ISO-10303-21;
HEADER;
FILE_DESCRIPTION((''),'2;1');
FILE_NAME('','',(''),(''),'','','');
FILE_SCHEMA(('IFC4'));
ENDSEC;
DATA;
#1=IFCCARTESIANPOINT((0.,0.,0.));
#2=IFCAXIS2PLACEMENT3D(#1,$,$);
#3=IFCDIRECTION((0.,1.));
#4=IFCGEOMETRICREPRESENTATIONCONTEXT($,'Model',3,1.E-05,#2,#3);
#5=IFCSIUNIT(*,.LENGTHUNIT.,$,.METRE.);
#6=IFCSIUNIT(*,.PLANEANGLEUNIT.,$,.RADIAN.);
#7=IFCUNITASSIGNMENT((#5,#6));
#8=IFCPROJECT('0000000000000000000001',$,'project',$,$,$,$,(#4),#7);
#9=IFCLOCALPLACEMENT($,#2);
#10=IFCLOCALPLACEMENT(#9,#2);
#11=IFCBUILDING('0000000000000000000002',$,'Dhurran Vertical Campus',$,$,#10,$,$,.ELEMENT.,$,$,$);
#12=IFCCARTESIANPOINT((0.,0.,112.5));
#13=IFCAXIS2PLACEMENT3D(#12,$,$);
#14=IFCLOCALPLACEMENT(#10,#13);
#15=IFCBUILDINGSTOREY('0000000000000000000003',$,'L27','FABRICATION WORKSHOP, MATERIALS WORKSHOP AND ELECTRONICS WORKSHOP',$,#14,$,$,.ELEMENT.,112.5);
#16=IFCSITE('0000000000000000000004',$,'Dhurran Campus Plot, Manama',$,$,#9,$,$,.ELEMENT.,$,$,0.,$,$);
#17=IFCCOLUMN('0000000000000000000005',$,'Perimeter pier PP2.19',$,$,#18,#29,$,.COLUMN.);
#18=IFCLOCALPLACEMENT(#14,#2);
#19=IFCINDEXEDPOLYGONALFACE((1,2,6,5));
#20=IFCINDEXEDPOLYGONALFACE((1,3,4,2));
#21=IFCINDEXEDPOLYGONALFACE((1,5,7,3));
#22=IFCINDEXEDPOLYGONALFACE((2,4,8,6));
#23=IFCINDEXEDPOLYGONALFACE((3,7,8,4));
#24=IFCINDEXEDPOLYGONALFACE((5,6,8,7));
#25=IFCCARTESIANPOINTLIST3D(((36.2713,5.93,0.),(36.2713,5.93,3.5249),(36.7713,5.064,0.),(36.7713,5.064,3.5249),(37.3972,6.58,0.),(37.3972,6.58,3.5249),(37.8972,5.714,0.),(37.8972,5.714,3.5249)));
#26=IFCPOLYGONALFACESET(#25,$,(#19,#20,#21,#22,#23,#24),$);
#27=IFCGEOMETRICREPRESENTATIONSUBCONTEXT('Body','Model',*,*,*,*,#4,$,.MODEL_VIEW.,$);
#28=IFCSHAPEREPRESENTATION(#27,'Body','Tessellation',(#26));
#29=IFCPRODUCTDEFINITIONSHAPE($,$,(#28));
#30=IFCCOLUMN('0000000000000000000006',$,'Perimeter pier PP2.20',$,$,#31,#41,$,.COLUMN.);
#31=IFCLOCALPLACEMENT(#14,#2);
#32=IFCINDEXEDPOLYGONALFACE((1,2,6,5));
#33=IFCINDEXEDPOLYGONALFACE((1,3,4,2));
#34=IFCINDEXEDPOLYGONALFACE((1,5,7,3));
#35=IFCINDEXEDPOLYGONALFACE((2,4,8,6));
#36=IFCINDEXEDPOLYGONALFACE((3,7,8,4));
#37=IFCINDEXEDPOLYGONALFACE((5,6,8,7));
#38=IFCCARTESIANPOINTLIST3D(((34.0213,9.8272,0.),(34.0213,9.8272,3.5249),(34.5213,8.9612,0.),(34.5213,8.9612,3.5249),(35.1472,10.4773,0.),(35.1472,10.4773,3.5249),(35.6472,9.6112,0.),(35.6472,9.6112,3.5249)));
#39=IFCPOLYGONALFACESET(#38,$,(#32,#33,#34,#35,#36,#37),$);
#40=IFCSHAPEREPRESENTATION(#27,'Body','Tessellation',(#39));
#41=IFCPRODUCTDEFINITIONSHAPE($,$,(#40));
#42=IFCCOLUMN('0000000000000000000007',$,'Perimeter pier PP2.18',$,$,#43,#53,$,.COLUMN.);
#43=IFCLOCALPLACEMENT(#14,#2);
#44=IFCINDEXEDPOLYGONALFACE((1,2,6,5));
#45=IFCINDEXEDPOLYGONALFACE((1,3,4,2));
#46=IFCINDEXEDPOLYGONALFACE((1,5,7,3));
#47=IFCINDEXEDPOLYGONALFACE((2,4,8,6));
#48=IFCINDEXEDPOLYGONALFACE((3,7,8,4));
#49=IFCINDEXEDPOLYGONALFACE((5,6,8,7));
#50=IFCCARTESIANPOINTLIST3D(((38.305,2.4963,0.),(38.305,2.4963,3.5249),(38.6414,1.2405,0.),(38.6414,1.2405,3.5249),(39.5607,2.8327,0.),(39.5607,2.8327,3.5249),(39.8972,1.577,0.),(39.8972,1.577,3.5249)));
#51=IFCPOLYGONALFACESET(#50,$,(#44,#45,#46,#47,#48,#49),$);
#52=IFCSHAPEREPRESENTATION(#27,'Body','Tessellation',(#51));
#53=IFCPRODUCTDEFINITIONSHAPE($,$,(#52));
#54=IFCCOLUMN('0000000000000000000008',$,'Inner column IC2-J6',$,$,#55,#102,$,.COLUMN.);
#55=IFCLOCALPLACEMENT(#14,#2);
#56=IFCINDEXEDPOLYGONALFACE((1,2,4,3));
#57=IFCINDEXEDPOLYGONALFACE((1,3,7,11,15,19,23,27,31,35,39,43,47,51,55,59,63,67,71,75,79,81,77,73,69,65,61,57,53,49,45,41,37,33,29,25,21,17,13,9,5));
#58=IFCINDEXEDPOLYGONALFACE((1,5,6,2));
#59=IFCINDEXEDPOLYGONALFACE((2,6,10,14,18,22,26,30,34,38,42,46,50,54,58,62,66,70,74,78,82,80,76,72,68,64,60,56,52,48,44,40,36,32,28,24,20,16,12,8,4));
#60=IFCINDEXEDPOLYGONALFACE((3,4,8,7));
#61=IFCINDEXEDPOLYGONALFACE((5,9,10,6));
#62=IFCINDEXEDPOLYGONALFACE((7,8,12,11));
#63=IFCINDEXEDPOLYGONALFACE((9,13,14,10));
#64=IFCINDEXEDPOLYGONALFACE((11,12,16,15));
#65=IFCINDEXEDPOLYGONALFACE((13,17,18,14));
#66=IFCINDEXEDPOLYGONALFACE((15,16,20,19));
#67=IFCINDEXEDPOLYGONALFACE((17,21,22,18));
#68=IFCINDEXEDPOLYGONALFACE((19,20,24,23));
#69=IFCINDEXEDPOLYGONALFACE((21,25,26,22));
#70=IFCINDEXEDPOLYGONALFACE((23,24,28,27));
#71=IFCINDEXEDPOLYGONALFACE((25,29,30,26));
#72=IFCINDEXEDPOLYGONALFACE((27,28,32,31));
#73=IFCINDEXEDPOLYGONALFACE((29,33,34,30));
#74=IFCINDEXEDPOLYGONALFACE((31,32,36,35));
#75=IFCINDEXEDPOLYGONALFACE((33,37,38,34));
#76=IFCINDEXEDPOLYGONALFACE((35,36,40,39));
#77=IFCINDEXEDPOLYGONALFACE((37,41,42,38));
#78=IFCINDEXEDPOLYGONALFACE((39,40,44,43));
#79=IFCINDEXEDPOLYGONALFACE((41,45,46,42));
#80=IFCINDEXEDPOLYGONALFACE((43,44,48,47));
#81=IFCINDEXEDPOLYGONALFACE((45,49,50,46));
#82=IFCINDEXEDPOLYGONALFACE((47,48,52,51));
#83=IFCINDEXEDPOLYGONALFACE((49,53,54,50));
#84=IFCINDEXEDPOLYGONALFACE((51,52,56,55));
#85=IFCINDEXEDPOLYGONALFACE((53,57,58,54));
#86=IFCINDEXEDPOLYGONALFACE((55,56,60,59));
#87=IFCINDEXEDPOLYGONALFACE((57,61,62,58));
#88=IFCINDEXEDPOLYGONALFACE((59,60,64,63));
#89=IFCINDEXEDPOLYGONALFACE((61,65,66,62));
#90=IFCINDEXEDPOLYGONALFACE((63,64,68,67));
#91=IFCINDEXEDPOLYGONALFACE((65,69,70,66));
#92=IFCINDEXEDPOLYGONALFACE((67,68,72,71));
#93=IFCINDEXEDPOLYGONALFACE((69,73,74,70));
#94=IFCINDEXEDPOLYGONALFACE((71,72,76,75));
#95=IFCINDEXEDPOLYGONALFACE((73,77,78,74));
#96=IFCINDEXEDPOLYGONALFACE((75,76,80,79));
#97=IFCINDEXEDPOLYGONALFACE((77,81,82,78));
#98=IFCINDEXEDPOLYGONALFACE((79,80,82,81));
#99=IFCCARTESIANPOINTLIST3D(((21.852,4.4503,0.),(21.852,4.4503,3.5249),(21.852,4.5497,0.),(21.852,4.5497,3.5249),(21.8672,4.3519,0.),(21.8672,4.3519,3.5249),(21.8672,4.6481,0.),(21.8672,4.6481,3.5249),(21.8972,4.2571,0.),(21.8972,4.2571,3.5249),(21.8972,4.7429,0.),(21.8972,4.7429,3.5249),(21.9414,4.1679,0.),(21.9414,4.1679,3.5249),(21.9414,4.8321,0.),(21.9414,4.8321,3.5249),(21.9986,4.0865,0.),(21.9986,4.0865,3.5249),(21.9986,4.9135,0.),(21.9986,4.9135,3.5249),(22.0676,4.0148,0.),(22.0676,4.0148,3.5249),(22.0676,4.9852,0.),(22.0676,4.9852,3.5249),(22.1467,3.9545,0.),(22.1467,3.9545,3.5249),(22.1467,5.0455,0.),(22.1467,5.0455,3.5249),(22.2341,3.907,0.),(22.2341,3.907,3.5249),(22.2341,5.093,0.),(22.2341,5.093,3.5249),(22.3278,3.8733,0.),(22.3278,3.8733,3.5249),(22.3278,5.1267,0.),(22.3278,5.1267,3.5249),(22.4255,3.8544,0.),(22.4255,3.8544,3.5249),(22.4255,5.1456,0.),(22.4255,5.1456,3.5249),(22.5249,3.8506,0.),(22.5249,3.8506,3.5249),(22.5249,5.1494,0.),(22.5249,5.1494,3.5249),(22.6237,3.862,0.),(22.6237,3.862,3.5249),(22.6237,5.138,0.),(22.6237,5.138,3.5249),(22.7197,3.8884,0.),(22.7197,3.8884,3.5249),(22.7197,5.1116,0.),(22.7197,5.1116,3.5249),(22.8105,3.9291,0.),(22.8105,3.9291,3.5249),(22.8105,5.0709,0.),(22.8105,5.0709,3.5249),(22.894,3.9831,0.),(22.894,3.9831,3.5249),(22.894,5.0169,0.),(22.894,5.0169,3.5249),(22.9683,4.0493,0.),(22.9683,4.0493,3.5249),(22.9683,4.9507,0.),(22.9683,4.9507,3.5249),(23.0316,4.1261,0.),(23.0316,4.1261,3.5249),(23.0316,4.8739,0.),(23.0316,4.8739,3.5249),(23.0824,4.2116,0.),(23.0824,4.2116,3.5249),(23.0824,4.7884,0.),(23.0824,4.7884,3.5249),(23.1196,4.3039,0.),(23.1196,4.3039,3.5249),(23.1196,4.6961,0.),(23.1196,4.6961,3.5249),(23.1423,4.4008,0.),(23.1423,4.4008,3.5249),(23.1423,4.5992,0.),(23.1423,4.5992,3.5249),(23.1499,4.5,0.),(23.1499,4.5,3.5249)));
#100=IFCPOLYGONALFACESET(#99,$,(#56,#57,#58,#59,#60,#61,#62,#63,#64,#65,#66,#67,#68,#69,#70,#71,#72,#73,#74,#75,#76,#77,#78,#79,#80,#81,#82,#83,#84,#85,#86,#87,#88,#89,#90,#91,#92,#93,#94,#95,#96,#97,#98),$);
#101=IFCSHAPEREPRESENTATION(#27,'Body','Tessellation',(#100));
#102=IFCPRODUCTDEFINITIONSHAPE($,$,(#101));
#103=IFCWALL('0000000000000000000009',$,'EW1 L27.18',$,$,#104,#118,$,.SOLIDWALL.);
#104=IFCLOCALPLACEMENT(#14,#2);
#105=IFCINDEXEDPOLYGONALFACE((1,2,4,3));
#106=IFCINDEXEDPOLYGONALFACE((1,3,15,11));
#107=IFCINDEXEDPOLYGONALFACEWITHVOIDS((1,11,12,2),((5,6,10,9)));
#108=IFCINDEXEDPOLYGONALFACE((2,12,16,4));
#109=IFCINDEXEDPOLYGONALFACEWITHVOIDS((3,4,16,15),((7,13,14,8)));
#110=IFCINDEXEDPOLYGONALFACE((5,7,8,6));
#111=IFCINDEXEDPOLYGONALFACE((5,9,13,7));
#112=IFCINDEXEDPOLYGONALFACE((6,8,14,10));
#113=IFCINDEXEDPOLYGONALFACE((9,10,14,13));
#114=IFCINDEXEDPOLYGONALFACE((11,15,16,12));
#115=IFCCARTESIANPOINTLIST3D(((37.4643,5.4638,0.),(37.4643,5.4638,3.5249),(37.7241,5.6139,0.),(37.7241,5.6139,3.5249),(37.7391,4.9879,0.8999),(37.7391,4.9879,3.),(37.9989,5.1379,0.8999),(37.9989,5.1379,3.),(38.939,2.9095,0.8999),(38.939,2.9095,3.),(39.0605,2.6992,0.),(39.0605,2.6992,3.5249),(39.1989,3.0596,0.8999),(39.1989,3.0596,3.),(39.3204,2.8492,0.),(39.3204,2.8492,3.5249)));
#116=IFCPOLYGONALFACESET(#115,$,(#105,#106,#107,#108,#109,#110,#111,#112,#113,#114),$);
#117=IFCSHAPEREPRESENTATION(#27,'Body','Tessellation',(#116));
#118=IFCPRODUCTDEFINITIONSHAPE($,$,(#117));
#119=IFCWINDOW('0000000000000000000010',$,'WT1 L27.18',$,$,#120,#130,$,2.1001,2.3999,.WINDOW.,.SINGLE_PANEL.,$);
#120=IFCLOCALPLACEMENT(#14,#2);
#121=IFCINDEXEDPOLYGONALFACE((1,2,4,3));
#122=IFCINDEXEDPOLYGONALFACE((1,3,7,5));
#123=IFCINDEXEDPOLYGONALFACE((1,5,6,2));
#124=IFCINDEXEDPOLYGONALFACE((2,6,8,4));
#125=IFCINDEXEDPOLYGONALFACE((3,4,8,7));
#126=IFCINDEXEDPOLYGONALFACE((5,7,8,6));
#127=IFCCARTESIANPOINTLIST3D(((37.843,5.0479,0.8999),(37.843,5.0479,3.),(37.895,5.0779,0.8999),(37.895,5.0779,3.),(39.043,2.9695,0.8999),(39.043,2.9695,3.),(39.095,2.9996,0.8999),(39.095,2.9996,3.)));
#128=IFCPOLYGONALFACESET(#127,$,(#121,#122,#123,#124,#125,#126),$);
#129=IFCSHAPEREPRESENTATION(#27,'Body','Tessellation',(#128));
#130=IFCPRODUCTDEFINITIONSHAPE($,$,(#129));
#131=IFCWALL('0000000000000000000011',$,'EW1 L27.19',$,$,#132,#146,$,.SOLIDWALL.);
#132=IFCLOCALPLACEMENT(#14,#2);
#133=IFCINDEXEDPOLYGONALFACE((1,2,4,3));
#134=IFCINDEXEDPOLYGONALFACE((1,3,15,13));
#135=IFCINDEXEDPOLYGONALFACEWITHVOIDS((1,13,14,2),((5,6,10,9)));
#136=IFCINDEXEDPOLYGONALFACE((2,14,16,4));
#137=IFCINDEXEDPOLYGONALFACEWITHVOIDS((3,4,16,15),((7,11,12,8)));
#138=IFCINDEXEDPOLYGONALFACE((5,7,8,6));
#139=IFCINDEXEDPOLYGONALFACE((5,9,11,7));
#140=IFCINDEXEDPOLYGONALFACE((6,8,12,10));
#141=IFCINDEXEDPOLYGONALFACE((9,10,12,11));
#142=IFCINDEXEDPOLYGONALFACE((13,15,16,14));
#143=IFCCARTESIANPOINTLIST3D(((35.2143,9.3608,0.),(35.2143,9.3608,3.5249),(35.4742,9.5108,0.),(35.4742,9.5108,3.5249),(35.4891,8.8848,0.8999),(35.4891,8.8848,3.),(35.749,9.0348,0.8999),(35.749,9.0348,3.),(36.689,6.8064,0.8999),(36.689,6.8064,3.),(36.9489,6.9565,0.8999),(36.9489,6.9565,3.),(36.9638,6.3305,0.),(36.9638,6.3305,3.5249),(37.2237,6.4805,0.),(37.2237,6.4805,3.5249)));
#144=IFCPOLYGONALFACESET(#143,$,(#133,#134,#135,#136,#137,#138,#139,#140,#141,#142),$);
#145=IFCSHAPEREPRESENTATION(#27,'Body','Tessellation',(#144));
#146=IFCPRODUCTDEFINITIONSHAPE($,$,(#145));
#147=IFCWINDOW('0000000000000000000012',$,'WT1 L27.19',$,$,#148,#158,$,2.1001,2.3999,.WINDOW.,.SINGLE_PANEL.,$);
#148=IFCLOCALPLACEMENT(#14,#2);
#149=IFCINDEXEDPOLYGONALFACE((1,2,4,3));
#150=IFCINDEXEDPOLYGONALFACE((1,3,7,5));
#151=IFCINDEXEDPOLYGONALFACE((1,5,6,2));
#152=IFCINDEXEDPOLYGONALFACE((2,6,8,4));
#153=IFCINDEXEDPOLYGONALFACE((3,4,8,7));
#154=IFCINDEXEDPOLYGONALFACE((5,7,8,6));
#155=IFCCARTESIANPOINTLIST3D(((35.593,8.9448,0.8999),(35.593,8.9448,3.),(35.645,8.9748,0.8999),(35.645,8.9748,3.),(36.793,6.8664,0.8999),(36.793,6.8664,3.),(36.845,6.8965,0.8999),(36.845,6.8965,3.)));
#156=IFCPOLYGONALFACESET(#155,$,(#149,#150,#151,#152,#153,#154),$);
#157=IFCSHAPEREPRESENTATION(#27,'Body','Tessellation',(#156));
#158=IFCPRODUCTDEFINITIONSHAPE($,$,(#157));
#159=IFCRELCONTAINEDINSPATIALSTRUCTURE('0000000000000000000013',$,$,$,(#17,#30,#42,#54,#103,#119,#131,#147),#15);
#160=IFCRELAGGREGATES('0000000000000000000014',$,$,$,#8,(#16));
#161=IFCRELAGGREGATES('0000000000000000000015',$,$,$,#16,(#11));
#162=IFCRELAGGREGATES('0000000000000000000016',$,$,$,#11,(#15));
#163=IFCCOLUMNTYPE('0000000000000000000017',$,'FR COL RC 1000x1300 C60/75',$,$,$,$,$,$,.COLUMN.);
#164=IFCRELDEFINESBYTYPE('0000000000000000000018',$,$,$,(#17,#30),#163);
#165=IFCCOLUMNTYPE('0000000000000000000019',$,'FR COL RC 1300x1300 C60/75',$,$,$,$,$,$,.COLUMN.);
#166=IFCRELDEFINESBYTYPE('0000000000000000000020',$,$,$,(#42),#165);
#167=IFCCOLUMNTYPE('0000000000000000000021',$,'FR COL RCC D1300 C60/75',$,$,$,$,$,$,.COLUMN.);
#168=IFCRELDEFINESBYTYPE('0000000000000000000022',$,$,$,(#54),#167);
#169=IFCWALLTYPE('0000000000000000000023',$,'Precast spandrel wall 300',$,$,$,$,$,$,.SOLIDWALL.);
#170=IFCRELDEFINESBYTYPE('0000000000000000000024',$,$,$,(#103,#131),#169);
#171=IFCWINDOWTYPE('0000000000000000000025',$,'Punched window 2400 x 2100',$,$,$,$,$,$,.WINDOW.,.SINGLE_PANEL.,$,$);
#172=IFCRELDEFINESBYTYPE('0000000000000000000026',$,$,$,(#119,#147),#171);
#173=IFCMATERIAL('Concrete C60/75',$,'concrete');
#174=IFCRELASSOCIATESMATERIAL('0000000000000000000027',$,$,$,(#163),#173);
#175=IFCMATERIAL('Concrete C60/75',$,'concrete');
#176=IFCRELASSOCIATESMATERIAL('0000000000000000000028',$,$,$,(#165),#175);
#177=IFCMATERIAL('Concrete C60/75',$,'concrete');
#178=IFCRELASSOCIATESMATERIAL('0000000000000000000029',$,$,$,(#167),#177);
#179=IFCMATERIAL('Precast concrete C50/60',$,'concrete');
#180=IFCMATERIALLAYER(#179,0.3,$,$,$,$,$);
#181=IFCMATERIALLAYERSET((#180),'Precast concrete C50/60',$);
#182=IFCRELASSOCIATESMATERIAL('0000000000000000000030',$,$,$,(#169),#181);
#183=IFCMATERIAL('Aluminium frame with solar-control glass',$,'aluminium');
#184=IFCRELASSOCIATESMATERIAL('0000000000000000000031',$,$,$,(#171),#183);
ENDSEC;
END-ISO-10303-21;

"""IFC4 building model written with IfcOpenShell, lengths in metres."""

from ifc_helpers import new_model, si_unit, direction, frame, frame_2d, origin, origin_2d, place, context, subcontext, project, spatial, rectangle, circle, extrude, material, layer, layer_set, material_profile, profile_set, type_object, element, fill, save


model = new_model("IFC4")

# Units and contexts
model_context = context("Model", 3, precision=1e-05, world=origin(), true_north=direction((0.0, 1.0)))
body_context = subcontext(model_context, "Body", "Model", "MODEL_VIEW")
ifc_project = project(units=[si_unit("LENGTHUNIT", "METRE"), si_unit("PLANEANGLEUNIT", "RADIAN")], contexts=[model_context])

# Site, building, storey
site_placement = place(None, origin())
site = spatial("IfcSite", under=ifc_project, at=site_placement, Name="Dhurran Campus Plot, Manama", CompositionType="ELEMENT", RefElevation=0.0)
building_placement = place(site_placement, origin())
building = spatial("IfcBuilding", under=site, at=building_placement, Name="Dhurran Vertical Campus", CompositionType="ELEMENT")
storey_placement = place(building_placement, frame((0.0, 0.0, 112.5)))
storey = spatial("IfcBuildingStorey", under=building, at=storey_placement, Name="L27", Description="FABRICATION WORKSHOP, MATERIALS WORKSHOP AND ELECTRONICS WORKSHOP", CompositionType="ELEMENT", Elevation=112.5)

# Columns
ifc_material_1 = material(Name="Concrete C60/75", Category="concrete")
ifc_material_profile_1 = material_profile(ifc_material_1, rectangle(XDim=1.0, YDim=1.3, at=origin_2d()), Name="RC 1000x1300")
ifc_profile_set_1 = profile_set([ifc_material_profile_1], Name="Concrete C60/75")
column_type_1 = type_object("IfcColumnType", Name="FR COL RC 1000x1300 C60/75", PredefinedType="COLUMN", material=ifc_profile_set_1)
for number, where, z_axis, x_axis, name in (
    (1, (37.0842, 5.822, 0.0), (0.0, 0.0, 1.0), (-0.5, 0.866025, 0.0), "Perimeter pier PP2.19"),
    (2, (34.8342, 9.7192, 0.0), (0.0, 0.0, 1.0), (-0.5, 0.866025, 0.0), "Perimeter pier PP2.20"),
):
    element("IfcColumn", number, at=place(storey_placement, frame(where, z_axis=z_axis, x_axis=x_axis)), inside=storey, type_object=column_type_1, Name=name, PredefinedType="COLUMN", context=body_context, shape_type="SweptSolid", body=[
        extrude(rectangle(XDim=1.0, YDim=1.3, at=origin_2d()), origin(), (0.0, 0.0, 1.0), 3.5249),
    ])
ifc_material_2 = material(Name="Concrete C60/75", Category="concrete")
ifc_material_profile_2 = material_profile(ifc_material_2, rectangle(XDim=1.3, YDim=1.3, at=origin_2d()), Name="RC 1300x1300")
ifc_profile_set_2 = profile_set([ifc_material_profile_2], Name="Concrete C60/75")
column_type_2 = type_object("IfcColumnType", Name="FR COL RC 1300x1300 C60/75", PredefinedType="COLUMN", material=ifc_profile_set_2)
column_1_placement = place(storey_placement, frame((39.1011, 2.0366, 0.0), z_axis=(0.0, 0.0, 1.0), x_axis=(-0.258819, 0.965926, 0.0)))
element("IfcColumn", 3, at=column_1_placement, inside=storey, type_object=column_type_2, Name="Perimeter pier PP2.18", PredefinedType="COLUMN", context=body_context, shape_type="SweptSolid", body=[
    extrude(rectangle(XDim=1.3, YDim=1.3, at=origin_2d()), origin(), (0.0, 0.0, 1.0), 3.5249),
])
ifc_material_3 = material(Name="Concrete C60/75", Category="concrete")
ifc_material_profile_3 = material_profile(ifc_material_3, circle(Radius=0.6499, at=origin_2d()), Name="RCC D1300")
ifc_profile_set_3 = profile_set([ifc_material_profile_3], Name="Concrete C60/75")
column_type_3 = type_object("IfcColumnType", Name="FR COL RCC D1300 C60/75", PredefinedType="COLUMN", material=ifc_profile_set_3)
column_2_placement = place(storey_placement, frame((22.5, 4.5, 0.0), z_axis=(0.0, 0.0, 1.0), x_axis=(1.0, 0.0, 0.0)))
element("IfcColumn", 4, at=column_2_placement, inside=storey, type_object=column_type_3, Name="Inner column IC2-J6", PredefinedType="COLUMN", context=body_context, shape_type="SweptSolid", body=[
    extrude(circle(Radius=0.6499, at=origin_2d()), origin(), (0.0, 0.0, 1.0), 3.5249),
])

# Walls, openings, windows
ifc_material_4 = material(Name="Precast concrete C50/60", Category="concrete")
ifc_layer_1 = layer(ifc_material_4, 0.3)
ifc_layer_set_1 = layer_set([ifc_layer_1], Name="Precast concrete C50/60")
wall_type_1 = type_object("IfcWallType", Name="Precast spandrel wall 300", PredefinedType="SOLIDWALL", material=ifc_layer_set_1)
wall_1_placement = place(storey_placement, frame((39.1904, 2.7742, 0.0), z_axis=(0.0, 0.0, 1.0), x_axis=(-0.500005, 0.866023, 0.0)))
wall_1 = element("IfcWall", 5, at=wall_1_placement, inside=storey, type_object=wall_type_1, Name="EW1 L27.18", PredefinedType="SOLIDWALL", context=body_context, shape_type="SweptSolid", body=[
    extrude(rectangle(XDim=3.1924, YDim=0.3, at=frame_2d((1.5962, 0.0))), origin(), (0.0, 0.0, 1.0), 3.5249),
])
opening_1_placement = place(wall_1_placement, frame((0.2429, 0.0, 0.8999)))
opening_1 = element("IfcOpeningElement", 6, at=opening_1_placement, cuts=wall_1, PredefinedType="OPENING", context=body_context, shape_type="SweptSolid", body=[
    extrude(rectangle(XDim=2.3999, YDim=2.1001, at=frame_2d((1.2, 1.05))), frame((0.0, 0.1599, 0.0), z_axis=(0.0, -1.0, 0.0), x_axis=(1.0, 0.0, 0.0)), (0.0, 0.0, 1.0), 0.3201),
])
ifc_material_5 = material(Name="Aluminium frame with solar-control glass", Category="aluminium")
window_type = type_object("IfcWindowType", Name="Punched window 2400 x 2100", PartitioningType="SINGLE_PANEL", PredefinedType="WINDOW", material=ifc_material_5)
window_1_placement = place(opening_1_placement, origin())
window_1 = element("IfcWindow", 7, at=window_1_placement, inside=storey, type_object=window_type, Name="WT1 L27.18", OverallHeight=2.1001, OverallWidth=2.3999, PartitioningType="SINGLE_PANEL", PredefinedType="WINDOW", context=body_context, shape_type="SweptSolid", body=[
    extrude(rectangle(XDim=2.3999, YDim=2.1001, at=frame_2d((1.2, 1.05))), frame((0.0, 0.03, 0.0), z_axis=(0.0, -1.0, 0.0), x_axis=(1.0, 0.0, 0.0)), (0.0, 0.0, 1.0), 0.0601),
])
fill(opening_1, window_1)
wall_2_placement = place(storey_placement, frame((37.0938, 6.4055, 0.0), z_axis=(0.0, 0.0, 1.0), x_axis=(-0.499996, 0.866028, 0.0)))
wall_2 = element("IfcWall", 8, at=wall_2_placement, inside=storey, type_object=wall_type_1, Name="EW1 L27.19", PredefinedType="SOLIDWALL", context=body_context, shape_type="SweptSolid", body=[
    extrude(rectangle(XDim=3.499, YDim=0.3, at=frame_2d((1.7495, 0.0))), origin(), (0.0, 0.0, 1.0), 3.5249),
])
opening_2_placement = place(wall_2_placement, frame((0.5496, 0.0, 0.8999)))
opening_2 = element("IfcOpeningElement", 9, at=opening_2_placement, cuts=wall_2, PredefinedType="OPENING", context=body_context, shape_type="SweptSolid", body=[
    extrude(rectangle(XDim=2.3999, YDim=2.1001, at=frame_2d((1.2, 1.05))), frame((0.0, 0.1599, 0.0), z_axis=(0.0, -1.0, 0.0), x_axis=(1.0, 0.0, 0.0)), (0.0, 0.0, 1.0), 0.3201),
])
window_2_placement = place(opening_2_placement, origin())
window_2 = element("IfcWindow", 10, at=window_2_placement, inside=storey, type_object=window_type, Name="WT1 L27.19", OverallHeight=2.1001, OverallWidth=2.3999, PartitioningType="SINGLE_PANEL", PredefinedType="WINDOW", context=body_context, shape_type="SweptSolid", body=[
    extrude(rectangle(XDim=2.3999, YDim=2.1001, at=frame_2d((1.2, 1.05))), frame((0.0, 0.03, 0.0), z_axis=(0.0, -1.0, 0.0), x_axis=(1.0, 0.0, 0.0)), (0.0, 0.0, 1.0), 0.0601),
])
fill(opening_2, window_2)

save(model, "model.ifc")
